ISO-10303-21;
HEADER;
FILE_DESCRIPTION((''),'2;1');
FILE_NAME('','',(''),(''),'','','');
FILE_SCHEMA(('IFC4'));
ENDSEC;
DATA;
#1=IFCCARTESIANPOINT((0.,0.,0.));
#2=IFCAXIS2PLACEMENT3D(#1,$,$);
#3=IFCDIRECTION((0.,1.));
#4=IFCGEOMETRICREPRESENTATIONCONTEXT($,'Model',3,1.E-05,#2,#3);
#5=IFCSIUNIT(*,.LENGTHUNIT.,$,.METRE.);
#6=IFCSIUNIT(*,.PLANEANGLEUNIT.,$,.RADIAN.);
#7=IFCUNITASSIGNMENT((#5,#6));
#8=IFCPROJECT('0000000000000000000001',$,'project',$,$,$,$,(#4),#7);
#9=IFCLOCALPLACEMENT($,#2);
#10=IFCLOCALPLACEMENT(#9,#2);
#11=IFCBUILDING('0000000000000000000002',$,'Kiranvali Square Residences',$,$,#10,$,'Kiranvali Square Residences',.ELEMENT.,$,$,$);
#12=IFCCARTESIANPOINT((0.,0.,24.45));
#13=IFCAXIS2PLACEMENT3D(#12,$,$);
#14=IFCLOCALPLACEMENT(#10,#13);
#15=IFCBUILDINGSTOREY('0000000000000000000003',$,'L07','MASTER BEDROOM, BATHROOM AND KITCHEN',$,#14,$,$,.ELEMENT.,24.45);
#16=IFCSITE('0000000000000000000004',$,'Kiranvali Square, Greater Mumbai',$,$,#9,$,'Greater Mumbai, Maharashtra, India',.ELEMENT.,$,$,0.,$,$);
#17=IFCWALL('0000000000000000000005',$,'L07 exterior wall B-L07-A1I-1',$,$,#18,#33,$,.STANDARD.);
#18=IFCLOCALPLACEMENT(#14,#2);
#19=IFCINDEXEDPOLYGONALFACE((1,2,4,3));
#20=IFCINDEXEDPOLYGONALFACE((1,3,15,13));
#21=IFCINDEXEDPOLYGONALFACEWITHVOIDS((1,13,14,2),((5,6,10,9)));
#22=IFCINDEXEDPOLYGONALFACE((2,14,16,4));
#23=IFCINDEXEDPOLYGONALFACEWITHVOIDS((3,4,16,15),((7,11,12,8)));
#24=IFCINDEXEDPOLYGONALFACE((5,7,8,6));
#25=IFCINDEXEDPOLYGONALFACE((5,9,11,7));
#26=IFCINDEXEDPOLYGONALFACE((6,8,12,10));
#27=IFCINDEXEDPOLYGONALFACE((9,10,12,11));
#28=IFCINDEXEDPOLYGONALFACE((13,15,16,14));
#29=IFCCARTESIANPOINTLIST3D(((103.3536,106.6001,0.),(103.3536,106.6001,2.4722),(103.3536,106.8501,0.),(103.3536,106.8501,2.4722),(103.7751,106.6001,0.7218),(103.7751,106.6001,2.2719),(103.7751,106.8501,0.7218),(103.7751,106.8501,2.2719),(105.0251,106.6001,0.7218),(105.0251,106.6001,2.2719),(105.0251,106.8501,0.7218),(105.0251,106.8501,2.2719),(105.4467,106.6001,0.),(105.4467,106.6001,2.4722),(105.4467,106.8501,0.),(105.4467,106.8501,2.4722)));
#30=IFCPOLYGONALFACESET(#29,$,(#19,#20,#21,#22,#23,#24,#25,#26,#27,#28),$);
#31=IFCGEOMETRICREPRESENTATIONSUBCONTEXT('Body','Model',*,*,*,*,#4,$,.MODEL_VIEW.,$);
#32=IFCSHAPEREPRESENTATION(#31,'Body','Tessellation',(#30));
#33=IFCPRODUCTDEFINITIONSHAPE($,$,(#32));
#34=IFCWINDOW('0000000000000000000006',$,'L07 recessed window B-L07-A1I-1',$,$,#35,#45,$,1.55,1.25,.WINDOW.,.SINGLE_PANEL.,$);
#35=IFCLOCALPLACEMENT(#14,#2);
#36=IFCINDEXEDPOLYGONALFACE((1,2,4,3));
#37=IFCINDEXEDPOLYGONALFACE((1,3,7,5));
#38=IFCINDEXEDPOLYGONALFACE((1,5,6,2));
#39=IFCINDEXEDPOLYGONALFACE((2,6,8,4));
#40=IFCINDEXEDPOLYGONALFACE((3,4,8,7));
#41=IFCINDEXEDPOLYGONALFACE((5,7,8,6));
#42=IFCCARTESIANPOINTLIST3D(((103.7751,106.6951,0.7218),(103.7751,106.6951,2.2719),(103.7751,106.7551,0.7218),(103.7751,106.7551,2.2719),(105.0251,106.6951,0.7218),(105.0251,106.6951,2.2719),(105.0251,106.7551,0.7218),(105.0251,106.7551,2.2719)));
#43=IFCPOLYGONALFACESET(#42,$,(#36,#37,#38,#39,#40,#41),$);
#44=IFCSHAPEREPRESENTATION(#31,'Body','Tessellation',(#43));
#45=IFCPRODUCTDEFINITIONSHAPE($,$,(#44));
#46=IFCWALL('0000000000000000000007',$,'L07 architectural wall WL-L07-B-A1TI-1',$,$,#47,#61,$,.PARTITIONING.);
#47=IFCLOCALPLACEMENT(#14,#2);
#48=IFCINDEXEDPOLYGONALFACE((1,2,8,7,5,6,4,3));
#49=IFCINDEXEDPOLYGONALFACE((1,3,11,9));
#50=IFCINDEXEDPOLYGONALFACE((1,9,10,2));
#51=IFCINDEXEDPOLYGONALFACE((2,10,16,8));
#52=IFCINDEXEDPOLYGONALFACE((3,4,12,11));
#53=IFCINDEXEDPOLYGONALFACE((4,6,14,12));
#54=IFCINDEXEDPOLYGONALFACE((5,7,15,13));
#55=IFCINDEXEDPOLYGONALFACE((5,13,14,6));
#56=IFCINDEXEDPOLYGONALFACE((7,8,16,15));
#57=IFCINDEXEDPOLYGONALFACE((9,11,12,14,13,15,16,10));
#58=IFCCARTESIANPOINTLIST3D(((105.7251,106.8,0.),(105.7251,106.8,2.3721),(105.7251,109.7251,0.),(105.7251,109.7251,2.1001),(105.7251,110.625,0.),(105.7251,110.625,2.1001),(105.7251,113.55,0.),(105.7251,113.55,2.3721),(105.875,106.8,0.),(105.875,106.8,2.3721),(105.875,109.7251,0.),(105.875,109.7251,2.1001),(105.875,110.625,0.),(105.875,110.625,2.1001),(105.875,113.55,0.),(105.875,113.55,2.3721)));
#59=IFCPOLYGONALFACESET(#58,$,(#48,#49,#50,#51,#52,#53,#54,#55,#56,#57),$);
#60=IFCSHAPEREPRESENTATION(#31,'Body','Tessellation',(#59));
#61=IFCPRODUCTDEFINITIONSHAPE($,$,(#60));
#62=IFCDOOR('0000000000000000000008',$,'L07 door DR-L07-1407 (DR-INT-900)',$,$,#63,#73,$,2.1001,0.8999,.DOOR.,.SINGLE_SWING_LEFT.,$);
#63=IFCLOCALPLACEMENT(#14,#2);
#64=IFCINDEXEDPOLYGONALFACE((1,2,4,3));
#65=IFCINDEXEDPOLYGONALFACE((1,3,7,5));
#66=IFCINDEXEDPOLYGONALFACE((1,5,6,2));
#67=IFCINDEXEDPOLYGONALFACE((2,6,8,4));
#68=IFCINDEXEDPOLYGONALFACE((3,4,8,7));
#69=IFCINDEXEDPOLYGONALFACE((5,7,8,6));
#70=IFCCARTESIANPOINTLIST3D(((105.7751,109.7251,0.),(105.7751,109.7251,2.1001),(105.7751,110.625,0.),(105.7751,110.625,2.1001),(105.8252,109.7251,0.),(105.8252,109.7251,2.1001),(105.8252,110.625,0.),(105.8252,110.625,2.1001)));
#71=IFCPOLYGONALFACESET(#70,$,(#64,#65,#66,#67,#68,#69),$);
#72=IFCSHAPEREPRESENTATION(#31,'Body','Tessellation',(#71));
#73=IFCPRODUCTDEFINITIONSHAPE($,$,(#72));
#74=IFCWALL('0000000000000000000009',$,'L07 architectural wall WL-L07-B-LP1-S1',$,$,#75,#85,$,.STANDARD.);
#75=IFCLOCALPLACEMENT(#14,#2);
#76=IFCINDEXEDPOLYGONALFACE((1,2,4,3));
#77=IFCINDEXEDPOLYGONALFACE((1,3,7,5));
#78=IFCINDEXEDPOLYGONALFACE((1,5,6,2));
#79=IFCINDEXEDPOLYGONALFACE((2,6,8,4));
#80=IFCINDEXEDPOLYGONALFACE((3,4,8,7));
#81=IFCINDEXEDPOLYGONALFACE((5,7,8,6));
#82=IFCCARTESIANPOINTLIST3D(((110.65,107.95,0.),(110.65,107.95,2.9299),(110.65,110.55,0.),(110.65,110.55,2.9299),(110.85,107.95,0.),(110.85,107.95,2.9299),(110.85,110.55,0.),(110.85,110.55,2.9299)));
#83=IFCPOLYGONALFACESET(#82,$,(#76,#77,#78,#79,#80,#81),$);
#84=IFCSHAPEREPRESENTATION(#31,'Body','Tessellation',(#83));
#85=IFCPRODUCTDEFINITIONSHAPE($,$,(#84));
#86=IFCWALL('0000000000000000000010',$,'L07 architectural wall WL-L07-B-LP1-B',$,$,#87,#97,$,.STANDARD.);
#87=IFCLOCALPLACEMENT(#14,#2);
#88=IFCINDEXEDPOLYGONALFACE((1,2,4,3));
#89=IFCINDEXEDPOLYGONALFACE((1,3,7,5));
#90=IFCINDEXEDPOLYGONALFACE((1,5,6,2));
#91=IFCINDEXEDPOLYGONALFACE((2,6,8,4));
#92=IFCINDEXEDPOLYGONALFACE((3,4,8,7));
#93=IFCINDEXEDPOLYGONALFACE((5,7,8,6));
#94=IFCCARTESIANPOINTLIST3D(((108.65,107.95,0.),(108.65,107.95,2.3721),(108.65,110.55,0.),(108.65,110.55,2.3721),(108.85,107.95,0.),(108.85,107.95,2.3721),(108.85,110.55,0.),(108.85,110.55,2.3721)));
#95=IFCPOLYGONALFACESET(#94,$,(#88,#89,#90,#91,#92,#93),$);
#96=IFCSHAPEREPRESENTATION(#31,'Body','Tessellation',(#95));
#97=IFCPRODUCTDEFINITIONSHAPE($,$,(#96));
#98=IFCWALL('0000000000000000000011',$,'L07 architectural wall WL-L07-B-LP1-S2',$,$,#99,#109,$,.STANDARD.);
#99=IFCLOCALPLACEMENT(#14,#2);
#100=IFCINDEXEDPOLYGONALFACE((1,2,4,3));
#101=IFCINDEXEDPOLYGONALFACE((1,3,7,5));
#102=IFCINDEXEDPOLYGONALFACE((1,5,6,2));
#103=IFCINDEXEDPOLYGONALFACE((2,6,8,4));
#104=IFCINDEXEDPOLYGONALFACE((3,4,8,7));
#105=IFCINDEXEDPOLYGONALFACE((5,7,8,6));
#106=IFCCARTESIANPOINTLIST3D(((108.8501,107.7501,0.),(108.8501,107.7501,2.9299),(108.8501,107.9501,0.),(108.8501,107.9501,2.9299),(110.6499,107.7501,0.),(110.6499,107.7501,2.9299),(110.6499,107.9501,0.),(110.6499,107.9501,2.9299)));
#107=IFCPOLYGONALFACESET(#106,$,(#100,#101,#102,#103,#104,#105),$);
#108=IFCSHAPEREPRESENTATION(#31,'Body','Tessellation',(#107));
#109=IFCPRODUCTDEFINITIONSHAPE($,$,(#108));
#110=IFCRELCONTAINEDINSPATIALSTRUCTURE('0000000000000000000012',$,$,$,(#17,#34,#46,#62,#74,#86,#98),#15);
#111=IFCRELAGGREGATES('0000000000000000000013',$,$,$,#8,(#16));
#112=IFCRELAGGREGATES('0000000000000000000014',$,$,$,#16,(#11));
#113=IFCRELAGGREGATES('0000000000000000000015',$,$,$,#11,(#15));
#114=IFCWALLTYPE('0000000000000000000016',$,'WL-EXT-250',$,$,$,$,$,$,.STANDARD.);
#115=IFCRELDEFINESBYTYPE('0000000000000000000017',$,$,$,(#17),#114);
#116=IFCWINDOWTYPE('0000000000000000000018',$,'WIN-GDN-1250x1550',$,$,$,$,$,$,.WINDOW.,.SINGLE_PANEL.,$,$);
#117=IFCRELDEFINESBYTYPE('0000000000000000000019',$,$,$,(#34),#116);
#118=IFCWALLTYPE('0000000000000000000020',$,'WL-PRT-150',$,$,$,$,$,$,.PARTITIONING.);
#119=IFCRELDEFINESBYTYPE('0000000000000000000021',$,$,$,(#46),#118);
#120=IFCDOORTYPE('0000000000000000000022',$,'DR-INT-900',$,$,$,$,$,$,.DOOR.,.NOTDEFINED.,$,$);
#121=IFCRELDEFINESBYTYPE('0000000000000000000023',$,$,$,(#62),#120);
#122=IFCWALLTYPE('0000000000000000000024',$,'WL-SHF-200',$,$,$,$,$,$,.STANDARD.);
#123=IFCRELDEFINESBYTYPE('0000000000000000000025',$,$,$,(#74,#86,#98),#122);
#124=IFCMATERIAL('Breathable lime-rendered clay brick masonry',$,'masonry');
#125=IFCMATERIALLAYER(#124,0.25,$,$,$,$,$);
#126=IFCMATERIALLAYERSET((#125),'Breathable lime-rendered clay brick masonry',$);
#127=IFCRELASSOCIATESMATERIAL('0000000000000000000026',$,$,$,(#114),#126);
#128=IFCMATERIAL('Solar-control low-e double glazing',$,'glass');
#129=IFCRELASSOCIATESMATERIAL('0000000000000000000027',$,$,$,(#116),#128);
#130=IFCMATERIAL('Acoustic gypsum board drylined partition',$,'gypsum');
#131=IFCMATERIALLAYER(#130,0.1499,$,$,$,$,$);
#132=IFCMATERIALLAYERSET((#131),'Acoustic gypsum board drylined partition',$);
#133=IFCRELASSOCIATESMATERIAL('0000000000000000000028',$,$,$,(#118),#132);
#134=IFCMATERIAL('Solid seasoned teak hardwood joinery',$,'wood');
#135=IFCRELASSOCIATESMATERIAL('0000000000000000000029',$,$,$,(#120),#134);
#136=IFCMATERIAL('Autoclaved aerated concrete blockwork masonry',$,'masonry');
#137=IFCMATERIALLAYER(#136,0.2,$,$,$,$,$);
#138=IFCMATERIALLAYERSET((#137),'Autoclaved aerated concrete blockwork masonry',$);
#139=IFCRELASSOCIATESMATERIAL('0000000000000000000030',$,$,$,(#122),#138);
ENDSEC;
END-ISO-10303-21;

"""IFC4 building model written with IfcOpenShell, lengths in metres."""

from ifc_helpers import new_model, si_unit, direction, frame, frame_2d, origin, place, context, subcontext, project, spatial, rectangle, extrude, material, layer, layer_set, type_object, element, fill, save


model = new_model("IFC4")

# Units and contexts
model_context = context("Model", 3, precision=1e-05, world=origin(), true_north=direction((0.0, 1.0)))
body_context = subcontext(model_context, "Body", "Model", "MODEL_VIEW")
ifc_project = project(units=[si_unit("LENGTHUNIT", "METRE"), si_unit("PLANEANGLEUNIT", "RADIAN")], contexts=[model_context])

# Site, building, storey
site_placement = place(None, origin())
site = spatial("IfcSite", under=ifc_project, at=site_placement, Name="Kiranvali Square, Greater Mumbai", LongName="Greater Mumbai, Maharashtra, India", CompositionType="ELEMENT", RefElevation=0.0)
building_placement = place(site_placement, origin())
building = spatial("IfcBuilding", under=site, at=building_placement, Name="Kiranvali Square Residences", LongName="Kiranvali Square Residences", CompositionType="ELEMENT")
storey_placement = place(building_placement, frame((0.0, 0.0, 24.45)))
storey = spatial("IfcBuildingStorey", under=building, at=storey_placement, Name="L07", Description="MASTER BEDROOM, BATHROOM AND KITCHEN", CompositionType="ELEMENT", Elevation=24.45)

# Shared definitions
ifc_material_1 = material(Name="Autoclaved aerated concrete blockwork masonry", Category="masonry")

# Wall, opening, window
ifc_material_2 = material(Name="Breathable lime-rendered clay brick masonry", Category="masonry")
ifc_layer_1 = layer(ifc_material_2, 0.25)
ifc_layer_set_1 = layer_set([ifc_layer_1], Name="Breathable lime-rendered clay brick masonry")
wall_type_1 = type_object("IfcWallType", Name="WL-EXT-250", PredefinedType="STANDARD", material=ifc_layer_set_1)
ifc_material_3 = material(Name="Solar-control low-e double glazing", Category="glass")
window_type = type_object("IfcWindowType", Name="WIN-GDN-1250x1550", PartitioningType="SINGLE_PANEL", PredefinedType="WINDOW", material=ifc_material_3)
wall_1_placement = place(storey_placement, frame((105.4465, 106.7251, 0.0), z_axis=(0.0, 0.0, 1.0), x_axis=(-1.0, 0.0, 0.0)))
wall_1 = element("IfcWall", 1, at=wall_1_placement, inside=storey, type_object=wall_type_1, Name="L07 exterior wall B-L07-A1I-1", PredefinedType="STANDARD", context=body_context, shape_type="SweptSolid", body=[
    extrude(rectangle(XDim=2.093, YDim=0.25, at=frame_2d((1.0464, 0.0))), origin(), (0.0, 0.0, 1.0), 2.4722),
])
opening_1_placement = place(wall_1_placement, frame((0.4214, 0.0, 0.7219)))
opening_1 = element("IfcOpeningElement", 2, at=opening_1_placement, cuts=wall_1, PredefinedType="OPENING", context=body_context, shape_type="SweptSolid", body=[
    extrude(rectangle(XDim=1.25, YDim=1.55, at=frame_2d((0.625, 0.7749))), frame((0.0, 0.135, 0.0), z_axis=(0.0, -1.0, 0.0), x_axis=(1.0, 0.0, 0.0)), (0.0, 0.0, 1.0), 0.27),
])
window_1_placement = place(opening_1_placement, origin())
window_1 = element("IfcWindow", 3, at=window_1_placement, inside=storey, type_object=window_type, Name="L07 recessed window B-L07-A1I-1", OverallHeight=1.55, OverallWidth=1.25, PartitioningType="SINGLE_PANEL", PredefinedType="WINDOW", context=body_context, shape_type="SweptSolid", body=[
    extrude(rectangle(XDim=1.25, YDim=1.55, at=frame_2d((0.625, 0.7749))), frame((0.0, 0.03, 0.0), z_axis=(0.0, -1.0, 0.0), x_axis=(1.0, 0.0, 0.0)), (0.0, 0.0, 1.0), 0.0601),
])
fill(opening_1, window_1)

# Wall, opening, door
ifc_material_4 = material(Name="Acoustic gypsum board drylined partition", Category="gypsum")
ifc_layer_2 = layer(ifc_material_4, 0.1499)
ifc_layer_set_2 = layer_set([ifc_layer_2], Name="Acoustic gypsum board drylined partition")
wall_type_2 = type_object("IfcWallType", Name="WL-PRT-150", PredefinedType="PARTITIONING", material=ifc_layer_set_2)
wall_2_placement = place(storey_placement, frame((105.8, 106.8, 0.0), z_axis=(0.0, 0.0, 1.0), x_axis=(0.0, 1.0, 0.0)))
wall_2 = element("IfcWall", 4, at=wall_2_placement, inside=storey, type_object=wall_type_2, Name="L07 architectural wall WL-L07-B-A1TI-1", PredefinedType="PARTITIONING", context=body_context, shape_type="SweptSolid", body=[
    extrude(rectangle(XDim=6.75, YDim=0.1499, at=frame_2d((3.375, 0.0))), origin(), (0.0, 0.0, 1.0), 2.3721),
])
opening_2_placement = place(wall_2_placement, frame((2.925, 0.0, 0.0)))
opening_2 = element("IfcOpeningElement", 5, at=opening_2_placement, cuts=wall_2, PredefinedType="OPENING", context=body_context, shape_type="SweptSolid", body=[
    extrude(rectangle(XDim=0.8999, YDim=2.1001, at=frame_2d((0.45, 1.05))), frame((0.0, 0.085, 0.0), z_axis=(0.0, -1.0, 0.0), x_axis=(1.0, 0.0, 0.0)), (0.0, 0.0, 1.0), 0.1699),
])
ifc_material_5 = material(Name="Solid seasoned teak hardwood joinery", Category="wood")
door_type_1 = type_object("IfcDoorType", Name="DR-INT-900", OperationType="NOTDEFINED", PredefinedType="DOOR", material=ifc_material_5)
door_1_placement = place(opening_2_placement, origin())
door_1 = element("IfcDoor", 6, at=door_1_placement, inside=storey, type_object=door_type_1, Name="L07 door DR-L07-1407 (DR-INT-900)", OperationType="SINGLE_SWING_LEFT", OverallHeight=2.1001, OverallWidth=0.8999, PredefinedType="DOOR", context=body_context, shape_type="SweptSolid", body=[
    extrude(rectangle(XDim=0.8999, YDim=2.1001, at=frame_2d((0.45, 1.05))), frame((0.0, 0.0249, 0.0), z_axis=(0.0, -1.0, 0.0), x_axis=(1.0, 0.0, 0.0)), (0.0, 0.0, 1.0), 0.05),
])
fill(opening_2, door_1)

# Walls
ifc_layer_3 = layer(ifc_material_1, 0.2)
ifc_layer_set_3 = layer_set([ifc_layer_3], Name="Autoclaved aerated concrete blockwork masonry")
wall_type_3 = type_object("IfcWallType", Name="WL-SHF-200", PredefinedType="STANDARD", material=ifc_layer_set_3)
wall_3_placement = place(storey_placement, frame((110.75, 107.95, 0.0), z_axis=(0.0, 0.0, 1.0), x_axis=(0.0, 1.0, 0.0)))
element("IfcWall", 7, at=wall_3_placement, inside=storey, type_object=wall_type_3, Name="L07 architectural wall WL-L07-B-LP1-S1", PredefinedType="STANDARD", context=body_context, shape_type="SweptSolid", body=[
    extrude(rectangle(XDim=2.6001, YDim=0.2, at=frame_2d((1.3, 0.0))), origin(), (0.0, 0.0, 1.0), 2.9299),
])
wall_4_placement = place(storey_placement, frame((108.75, 107.95, 0.0), z_axis=(0.0, 0.0, 1.0), x_axis=(0.0, 1.0, 0.0)))
element("IfcWall", 8, at=wall_4_placement, inside=storey, type_object=wall_type_3, Name="L07 architectural wall WL-L07-B-LP1-B", PredefinedType="STANDARD", context=body_context, shape_type="SweptSolid", body=[
    extrude(rectangle(XDim=2.6001, YDim=0.2, at=frame_2d((1.3, 0.0))), origin(), (0.0, 0.0, 1.0), 2.3721),
])
wall_5_placement = place(storey_placement, frame((110.6499, 107.8501, 0.0), z_axis=(0.0, 0.0, 1.0), x_axis=(-1.0, 0.0, 0.0)))
element("IfcWall", 9, at=wall_5_placement, inside=storey, type_object=wall_type_3, Name="L07 architectural wall WL-L07-B-LP1-S2", PredefinedType="STANDARD", context=body_context, shape_type="SweptSolid", body=[
    extrude(rectangle(XDim=1.7998, YDim=0.2, at=frame_2d((0.8999, 0.0))), origin(), (0.0, 0.0, 1.0), 2.9299),
])

save(model, "model.ifc")
